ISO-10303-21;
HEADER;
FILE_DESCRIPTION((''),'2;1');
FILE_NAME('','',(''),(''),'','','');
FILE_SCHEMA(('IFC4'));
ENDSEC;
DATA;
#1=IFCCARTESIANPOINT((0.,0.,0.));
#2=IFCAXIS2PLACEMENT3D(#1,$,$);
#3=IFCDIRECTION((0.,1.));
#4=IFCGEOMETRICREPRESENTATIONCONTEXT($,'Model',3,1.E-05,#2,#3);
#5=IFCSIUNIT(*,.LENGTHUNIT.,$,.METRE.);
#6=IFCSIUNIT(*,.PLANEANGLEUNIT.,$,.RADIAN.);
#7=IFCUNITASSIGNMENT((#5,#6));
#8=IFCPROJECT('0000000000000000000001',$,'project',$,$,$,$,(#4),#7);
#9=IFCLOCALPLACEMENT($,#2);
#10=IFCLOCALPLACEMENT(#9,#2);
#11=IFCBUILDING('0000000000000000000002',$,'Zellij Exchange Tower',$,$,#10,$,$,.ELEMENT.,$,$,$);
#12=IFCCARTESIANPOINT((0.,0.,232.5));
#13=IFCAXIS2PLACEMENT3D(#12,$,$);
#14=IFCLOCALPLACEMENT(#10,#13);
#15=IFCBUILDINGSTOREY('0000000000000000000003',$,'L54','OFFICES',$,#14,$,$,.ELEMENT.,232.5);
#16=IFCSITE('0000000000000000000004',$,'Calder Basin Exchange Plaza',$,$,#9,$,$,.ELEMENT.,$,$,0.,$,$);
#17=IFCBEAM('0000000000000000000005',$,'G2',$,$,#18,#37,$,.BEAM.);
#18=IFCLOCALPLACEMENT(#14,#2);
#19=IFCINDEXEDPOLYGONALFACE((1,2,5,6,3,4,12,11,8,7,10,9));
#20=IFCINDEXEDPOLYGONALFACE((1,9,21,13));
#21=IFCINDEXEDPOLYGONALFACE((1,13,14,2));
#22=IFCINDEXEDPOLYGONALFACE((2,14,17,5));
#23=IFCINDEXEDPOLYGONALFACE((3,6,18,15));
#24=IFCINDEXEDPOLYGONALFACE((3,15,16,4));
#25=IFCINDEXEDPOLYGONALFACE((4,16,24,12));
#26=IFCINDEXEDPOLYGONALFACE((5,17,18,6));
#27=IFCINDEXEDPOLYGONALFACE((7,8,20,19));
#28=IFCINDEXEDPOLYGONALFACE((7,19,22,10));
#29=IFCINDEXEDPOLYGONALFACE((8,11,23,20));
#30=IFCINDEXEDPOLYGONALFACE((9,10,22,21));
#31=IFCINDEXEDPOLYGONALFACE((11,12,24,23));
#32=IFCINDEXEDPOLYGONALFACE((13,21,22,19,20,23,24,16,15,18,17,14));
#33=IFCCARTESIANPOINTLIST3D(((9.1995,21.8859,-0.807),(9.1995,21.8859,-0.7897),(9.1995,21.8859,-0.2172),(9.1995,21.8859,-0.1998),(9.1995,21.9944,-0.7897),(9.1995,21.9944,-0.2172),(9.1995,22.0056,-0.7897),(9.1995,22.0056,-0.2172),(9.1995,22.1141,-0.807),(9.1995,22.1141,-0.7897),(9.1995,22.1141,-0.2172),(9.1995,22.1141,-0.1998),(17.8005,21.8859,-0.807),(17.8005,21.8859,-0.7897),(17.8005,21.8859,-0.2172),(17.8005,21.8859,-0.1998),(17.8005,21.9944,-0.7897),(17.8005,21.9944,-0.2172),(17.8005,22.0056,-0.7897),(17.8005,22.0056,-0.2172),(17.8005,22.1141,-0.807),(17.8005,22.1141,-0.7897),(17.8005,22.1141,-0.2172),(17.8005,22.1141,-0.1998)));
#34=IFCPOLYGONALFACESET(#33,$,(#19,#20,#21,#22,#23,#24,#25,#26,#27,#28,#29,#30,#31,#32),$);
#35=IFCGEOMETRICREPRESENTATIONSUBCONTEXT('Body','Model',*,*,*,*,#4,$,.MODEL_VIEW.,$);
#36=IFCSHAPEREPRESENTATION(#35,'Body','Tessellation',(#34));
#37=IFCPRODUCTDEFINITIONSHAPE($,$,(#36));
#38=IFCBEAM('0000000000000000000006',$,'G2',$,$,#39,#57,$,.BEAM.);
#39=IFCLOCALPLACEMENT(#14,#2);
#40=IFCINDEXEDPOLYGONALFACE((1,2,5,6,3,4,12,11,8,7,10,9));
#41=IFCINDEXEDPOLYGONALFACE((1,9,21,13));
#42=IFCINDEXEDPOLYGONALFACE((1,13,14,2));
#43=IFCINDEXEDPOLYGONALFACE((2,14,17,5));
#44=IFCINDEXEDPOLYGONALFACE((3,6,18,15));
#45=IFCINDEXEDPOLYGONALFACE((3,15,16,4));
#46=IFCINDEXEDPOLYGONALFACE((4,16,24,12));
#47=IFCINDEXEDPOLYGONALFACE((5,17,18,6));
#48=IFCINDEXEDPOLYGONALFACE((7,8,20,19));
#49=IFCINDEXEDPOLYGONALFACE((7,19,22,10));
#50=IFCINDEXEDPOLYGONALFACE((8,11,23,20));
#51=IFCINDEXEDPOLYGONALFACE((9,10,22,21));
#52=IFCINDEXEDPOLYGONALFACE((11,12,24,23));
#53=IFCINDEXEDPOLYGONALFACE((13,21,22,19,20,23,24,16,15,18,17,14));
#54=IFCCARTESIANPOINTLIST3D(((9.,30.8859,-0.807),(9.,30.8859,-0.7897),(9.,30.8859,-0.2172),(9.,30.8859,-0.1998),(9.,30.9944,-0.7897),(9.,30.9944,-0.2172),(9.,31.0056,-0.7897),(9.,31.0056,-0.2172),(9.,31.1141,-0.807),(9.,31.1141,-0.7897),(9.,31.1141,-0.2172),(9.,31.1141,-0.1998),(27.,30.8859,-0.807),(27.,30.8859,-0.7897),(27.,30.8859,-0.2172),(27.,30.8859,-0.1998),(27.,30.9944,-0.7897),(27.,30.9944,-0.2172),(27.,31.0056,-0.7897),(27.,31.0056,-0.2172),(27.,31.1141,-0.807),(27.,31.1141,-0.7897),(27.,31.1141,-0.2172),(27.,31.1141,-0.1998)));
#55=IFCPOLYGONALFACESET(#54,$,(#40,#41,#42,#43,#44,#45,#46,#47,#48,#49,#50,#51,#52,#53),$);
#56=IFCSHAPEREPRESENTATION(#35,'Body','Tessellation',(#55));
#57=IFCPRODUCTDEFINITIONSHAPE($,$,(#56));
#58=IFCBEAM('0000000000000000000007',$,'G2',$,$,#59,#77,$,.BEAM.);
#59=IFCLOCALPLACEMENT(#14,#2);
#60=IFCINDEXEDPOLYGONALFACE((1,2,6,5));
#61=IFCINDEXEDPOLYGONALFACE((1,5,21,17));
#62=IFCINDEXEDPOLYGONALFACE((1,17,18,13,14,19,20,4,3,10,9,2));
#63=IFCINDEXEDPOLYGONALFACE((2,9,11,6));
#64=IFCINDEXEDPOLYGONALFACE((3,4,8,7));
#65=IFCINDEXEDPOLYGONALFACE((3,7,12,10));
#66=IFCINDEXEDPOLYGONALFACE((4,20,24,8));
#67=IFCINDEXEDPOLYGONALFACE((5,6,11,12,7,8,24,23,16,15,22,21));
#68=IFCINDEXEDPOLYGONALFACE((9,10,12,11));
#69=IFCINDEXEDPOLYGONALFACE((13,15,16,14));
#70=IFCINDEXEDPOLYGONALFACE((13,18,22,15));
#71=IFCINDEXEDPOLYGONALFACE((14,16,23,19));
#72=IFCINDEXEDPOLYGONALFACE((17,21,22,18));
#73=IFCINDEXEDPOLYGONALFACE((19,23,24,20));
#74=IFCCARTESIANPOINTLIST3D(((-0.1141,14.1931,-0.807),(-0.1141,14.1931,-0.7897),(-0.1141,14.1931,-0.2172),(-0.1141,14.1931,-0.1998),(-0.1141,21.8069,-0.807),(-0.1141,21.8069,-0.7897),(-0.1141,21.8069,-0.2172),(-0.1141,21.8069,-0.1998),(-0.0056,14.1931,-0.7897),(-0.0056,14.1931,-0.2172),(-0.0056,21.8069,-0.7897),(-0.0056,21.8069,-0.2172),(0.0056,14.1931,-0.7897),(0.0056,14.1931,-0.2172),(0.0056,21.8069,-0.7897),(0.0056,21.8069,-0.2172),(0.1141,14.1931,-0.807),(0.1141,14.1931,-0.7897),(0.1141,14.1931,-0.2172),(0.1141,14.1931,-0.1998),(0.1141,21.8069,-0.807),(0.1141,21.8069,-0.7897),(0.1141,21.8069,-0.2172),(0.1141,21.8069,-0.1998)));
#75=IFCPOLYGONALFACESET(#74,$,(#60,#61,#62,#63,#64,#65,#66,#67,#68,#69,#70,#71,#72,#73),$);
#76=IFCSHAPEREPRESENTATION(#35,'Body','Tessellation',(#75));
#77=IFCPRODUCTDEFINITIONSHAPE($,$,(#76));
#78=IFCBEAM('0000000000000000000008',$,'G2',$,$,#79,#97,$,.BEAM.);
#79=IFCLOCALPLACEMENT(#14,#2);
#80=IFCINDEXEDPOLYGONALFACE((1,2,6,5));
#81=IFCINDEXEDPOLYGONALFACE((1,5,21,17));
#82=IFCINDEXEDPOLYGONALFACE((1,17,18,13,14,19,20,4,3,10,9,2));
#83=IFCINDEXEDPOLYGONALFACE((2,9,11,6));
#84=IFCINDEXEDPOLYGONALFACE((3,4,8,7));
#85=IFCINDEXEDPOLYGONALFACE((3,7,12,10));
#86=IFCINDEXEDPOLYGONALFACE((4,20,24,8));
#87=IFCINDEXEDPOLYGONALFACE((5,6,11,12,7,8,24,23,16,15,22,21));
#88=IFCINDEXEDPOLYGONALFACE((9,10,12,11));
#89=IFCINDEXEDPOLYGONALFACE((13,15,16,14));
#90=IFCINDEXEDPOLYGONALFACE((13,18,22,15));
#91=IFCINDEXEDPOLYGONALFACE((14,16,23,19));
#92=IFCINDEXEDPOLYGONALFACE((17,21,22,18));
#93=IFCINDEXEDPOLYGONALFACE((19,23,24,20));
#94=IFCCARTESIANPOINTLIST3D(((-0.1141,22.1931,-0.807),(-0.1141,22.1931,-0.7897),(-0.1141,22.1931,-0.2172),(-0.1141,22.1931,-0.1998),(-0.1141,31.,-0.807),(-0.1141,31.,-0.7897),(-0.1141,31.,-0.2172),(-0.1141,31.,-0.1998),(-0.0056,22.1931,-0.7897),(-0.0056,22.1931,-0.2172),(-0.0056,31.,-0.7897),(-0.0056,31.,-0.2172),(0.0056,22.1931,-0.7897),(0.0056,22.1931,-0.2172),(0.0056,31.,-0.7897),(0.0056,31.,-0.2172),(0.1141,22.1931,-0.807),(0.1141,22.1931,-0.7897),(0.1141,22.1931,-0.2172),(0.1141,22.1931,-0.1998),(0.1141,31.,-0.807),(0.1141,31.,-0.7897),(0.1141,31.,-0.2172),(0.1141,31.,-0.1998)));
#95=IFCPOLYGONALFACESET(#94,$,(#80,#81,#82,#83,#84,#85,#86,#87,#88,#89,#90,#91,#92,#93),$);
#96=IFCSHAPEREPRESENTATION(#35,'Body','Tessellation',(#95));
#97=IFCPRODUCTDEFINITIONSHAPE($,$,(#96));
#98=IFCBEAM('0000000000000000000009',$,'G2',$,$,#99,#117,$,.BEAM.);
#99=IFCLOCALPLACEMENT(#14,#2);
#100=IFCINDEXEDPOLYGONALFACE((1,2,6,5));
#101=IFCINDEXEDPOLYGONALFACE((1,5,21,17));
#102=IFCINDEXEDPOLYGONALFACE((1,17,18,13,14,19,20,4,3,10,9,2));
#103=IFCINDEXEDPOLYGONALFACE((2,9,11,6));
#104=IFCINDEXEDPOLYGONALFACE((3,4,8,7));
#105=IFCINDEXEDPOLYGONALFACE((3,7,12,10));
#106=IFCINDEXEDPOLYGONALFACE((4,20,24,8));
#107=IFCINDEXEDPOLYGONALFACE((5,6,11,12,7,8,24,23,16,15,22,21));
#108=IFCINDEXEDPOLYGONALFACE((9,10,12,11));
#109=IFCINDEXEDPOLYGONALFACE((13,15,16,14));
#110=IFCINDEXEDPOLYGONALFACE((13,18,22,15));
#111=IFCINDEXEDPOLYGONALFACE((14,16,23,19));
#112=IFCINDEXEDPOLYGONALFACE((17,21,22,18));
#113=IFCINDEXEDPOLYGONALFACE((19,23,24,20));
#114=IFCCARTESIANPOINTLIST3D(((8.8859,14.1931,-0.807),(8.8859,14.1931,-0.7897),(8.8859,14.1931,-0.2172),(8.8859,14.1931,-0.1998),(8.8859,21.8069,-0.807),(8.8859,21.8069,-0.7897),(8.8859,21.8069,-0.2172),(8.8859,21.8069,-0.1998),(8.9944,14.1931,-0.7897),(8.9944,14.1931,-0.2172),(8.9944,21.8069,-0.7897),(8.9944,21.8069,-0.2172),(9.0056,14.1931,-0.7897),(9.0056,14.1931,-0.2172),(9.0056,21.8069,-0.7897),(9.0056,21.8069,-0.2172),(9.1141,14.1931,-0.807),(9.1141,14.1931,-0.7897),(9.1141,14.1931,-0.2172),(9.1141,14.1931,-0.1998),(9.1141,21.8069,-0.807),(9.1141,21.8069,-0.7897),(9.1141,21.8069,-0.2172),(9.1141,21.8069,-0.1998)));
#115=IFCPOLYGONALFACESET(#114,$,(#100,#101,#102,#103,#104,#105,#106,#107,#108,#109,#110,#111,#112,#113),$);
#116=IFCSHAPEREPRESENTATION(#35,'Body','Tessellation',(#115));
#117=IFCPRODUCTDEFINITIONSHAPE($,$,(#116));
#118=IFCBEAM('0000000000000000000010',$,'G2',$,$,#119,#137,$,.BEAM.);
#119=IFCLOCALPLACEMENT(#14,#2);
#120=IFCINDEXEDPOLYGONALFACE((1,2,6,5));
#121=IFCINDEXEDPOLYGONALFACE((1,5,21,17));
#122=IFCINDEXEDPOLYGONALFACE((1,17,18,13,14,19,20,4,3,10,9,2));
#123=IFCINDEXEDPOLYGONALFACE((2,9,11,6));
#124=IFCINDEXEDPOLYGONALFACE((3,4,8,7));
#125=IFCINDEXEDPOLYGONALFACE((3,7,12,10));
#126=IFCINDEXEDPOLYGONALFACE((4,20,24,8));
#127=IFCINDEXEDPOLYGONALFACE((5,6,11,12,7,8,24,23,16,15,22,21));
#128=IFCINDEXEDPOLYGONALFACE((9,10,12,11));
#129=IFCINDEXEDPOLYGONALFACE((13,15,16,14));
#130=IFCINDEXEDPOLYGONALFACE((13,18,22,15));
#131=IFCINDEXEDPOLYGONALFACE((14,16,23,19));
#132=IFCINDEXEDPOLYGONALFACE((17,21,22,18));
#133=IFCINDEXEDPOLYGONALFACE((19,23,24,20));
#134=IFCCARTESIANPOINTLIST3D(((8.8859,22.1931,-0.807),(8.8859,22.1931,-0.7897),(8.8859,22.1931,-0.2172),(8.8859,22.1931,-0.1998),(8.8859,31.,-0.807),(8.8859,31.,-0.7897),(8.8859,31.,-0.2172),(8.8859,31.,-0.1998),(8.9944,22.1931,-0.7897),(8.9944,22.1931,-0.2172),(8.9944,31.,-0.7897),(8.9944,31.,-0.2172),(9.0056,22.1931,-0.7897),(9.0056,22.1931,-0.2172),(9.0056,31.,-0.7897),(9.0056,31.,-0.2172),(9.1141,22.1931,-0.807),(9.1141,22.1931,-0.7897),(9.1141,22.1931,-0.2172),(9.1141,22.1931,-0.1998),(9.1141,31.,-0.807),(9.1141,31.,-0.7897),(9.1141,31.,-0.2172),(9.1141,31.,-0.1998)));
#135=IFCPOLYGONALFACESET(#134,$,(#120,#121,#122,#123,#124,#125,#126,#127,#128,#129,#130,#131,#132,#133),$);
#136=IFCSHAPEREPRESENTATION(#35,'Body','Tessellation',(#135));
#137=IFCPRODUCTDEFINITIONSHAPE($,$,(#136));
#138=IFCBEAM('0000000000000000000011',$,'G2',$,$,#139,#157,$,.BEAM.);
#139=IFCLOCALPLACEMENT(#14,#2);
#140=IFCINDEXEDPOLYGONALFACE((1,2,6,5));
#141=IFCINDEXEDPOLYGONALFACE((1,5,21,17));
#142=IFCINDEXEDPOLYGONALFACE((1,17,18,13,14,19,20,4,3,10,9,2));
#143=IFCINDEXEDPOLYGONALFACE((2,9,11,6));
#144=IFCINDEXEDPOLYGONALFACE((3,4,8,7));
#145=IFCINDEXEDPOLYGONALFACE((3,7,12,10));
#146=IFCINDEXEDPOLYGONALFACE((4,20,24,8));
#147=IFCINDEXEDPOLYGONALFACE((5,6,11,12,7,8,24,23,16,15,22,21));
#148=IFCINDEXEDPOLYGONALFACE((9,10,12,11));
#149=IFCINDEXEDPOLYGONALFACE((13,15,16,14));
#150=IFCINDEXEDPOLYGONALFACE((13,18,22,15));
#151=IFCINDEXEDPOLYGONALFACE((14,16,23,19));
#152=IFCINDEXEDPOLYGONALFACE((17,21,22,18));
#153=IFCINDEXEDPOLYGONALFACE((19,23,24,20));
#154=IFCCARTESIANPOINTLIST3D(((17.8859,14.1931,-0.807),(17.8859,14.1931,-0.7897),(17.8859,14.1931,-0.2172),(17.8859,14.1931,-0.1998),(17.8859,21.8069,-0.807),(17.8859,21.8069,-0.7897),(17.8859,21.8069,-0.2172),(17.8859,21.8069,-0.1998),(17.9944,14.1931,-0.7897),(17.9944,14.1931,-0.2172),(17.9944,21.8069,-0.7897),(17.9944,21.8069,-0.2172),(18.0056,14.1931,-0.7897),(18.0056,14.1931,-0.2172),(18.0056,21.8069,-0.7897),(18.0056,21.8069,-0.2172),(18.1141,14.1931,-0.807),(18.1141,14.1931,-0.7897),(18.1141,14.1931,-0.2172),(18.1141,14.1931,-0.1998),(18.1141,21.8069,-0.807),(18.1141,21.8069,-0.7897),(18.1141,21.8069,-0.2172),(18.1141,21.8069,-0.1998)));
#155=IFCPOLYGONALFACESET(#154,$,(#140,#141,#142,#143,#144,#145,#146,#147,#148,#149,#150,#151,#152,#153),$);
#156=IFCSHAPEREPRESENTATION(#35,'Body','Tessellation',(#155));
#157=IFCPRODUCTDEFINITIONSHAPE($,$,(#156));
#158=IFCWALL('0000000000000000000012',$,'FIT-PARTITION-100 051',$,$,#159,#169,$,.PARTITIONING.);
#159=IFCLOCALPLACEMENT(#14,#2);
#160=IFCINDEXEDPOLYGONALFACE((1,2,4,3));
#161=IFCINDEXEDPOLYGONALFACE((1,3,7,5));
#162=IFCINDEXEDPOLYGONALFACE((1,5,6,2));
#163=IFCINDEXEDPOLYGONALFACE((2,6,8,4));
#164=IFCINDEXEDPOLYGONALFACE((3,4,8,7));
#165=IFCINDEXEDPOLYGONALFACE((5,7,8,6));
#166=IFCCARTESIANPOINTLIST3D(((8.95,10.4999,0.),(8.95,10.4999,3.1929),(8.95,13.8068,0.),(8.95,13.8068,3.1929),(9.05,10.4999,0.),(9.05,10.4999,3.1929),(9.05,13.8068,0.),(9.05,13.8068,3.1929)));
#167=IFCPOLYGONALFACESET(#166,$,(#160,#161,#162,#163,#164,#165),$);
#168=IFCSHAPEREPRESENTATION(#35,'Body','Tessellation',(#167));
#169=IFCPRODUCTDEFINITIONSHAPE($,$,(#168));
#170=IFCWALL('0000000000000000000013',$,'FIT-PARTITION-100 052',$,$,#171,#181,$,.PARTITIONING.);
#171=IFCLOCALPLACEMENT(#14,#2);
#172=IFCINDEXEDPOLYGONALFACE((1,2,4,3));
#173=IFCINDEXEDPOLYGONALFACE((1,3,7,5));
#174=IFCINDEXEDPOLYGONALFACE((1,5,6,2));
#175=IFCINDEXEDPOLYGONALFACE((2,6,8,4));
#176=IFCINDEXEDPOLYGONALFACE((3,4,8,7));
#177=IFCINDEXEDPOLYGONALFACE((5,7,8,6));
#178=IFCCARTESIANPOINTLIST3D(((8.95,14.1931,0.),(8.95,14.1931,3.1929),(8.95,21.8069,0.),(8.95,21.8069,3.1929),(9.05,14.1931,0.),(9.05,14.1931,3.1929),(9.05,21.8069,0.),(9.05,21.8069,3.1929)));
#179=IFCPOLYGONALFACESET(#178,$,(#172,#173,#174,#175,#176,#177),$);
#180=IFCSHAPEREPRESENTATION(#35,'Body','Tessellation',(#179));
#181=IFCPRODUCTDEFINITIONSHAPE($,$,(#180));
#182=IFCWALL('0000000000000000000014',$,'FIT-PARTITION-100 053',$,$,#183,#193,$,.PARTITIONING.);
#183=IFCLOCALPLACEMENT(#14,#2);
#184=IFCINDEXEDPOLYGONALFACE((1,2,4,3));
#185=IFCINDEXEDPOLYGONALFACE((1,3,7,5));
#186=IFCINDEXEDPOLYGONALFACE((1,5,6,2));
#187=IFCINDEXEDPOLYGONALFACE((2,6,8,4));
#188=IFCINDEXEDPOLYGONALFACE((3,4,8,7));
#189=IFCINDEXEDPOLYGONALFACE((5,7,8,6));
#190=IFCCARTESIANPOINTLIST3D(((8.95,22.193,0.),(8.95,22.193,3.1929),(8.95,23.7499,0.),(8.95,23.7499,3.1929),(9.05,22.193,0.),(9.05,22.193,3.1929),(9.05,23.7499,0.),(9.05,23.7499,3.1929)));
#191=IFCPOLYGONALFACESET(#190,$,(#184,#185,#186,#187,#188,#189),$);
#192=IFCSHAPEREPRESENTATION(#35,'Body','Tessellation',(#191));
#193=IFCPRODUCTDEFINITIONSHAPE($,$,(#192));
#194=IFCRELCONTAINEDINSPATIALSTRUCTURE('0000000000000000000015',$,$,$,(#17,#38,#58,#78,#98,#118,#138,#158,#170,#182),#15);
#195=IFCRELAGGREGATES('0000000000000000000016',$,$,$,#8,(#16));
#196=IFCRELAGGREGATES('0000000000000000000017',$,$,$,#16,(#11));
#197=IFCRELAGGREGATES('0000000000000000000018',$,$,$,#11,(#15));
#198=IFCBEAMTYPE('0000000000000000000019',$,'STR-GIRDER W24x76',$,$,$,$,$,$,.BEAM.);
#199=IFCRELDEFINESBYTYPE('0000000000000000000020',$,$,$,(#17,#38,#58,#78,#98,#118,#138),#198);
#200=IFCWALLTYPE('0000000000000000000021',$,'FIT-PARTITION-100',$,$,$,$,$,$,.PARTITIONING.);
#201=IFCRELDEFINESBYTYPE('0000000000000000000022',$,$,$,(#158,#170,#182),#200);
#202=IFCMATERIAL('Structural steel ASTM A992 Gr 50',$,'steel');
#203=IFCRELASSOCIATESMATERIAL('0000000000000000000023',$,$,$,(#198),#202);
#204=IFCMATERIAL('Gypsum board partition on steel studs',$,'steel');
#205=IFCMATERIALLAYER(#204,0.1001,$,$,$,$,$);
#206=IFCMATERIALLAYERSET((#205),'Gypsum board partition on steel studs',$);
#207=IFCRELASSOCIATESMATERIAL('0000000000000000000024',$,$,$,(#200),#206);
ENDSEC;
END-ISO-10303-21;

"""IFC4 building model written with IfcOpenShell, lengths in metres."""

from ifc_helpers import new_model, si_unit, direction, frame, frame_2d, origin, origin_2d, place, context, subcontext, project, spatial, rectangle, i_section, extrude, material, layer, layer_set, material_profile, profile_set, type_object, element, save


model = new_model("IFC4")

# Units and contexts
model_context = context("Model", 3, precision=1e-05, world=origin(), true_north=direction((0.0, 1.0)))
body_context = subcontext(model_context, "Body", "Model", "MODEL_VIEW")
ifc_project = project(units=[si_unit("LENGTHUNIT", "METRE"), si_unit("PLANEANGLEUNIT", "RADIAN")], contexts=[model_context])

# Site, building, storey
site_placement = place(None, origin())
site = spatial("IfcSite", under=ifc_project, at=site_placement, Name="Calder Basin Exchange Plaza", CompositionType="ELEMENT", RefElevation=0.0)
building_placement = place(site_placement, origin())
building = spatial("IfcBuilding", under=site, at=building_placement, Name="Zellij Exchange Tower", CompositionType="ELEMENT")
storey_placement = place(building_placement, frame((0.0, 0.0, 232.5)))
storey = spatial("IfcBuildingStorey", under=building, at=storey_placement, Name="L54", Description="OFFICES", CompositionType="ELEMENT", Elevation=232.5)

# Shared definitions
ifc_material_1 = material(Name="Structural steel ASTM A992 Gr 50", Category="steel")

# Beams
ifc_material_profile_1 = material_profile(ifc_material_1, i_section(OverallWidth=0.2283, OverallDepth=0.6072, WebThickness=0.0112, FlangeThickness=0.0173, at=origin_2d()), Name="W24x76")
ifc_profile_set_1 = profile_set([ifc_material_profile_1], Name="Structural steel ASTM A992 Gr 50")
beam_type = type_object("IfcBeamType", Name="STR-GIRDER W24x76", PredefinedType="BEAM", material=ifc_profile_set_1)
for number, where, z_axis, x_axis, name in (
    (1, (9.1995, 22.0, -0.5034), (1.0, 0.0, 0.0), (0.0, 1.0, 0.0), "G2"),
):
    element("IfcBeam", number, at=place(storey_placement, frame(where, z_axis=z_axis, x_axis=x_axis)), inside=storey, type_object=beam_type, Name=name, PredefinedType="BEAM", context=body_context, shape_type="SweptSolid", body=[
        extrude(i_section(OverallWidth=0.2283, OverallDepth=0.6072, WebThickness=0.0112, FlangeThickness=0.0173, at=origin_2d()), origin(), (0.0, 0.0, 1.0), 8.6011),
    ])
beam_1_placement = place(storey_placement, frame((9.0, 31.0, -0.5034), z_axis=(1.0, 0.0, 0.0), x_axis=(0.0, 1.0, 0.0)))
element("IfcBeam", 2, at=beam_1_placement, inside=storey, type_object=beam_type, Name="G2", PredefinedType="BEAM", context=body_context, shape_type="SweptSolid", body=[
    extrude(i_section(OverallWidth=0.2283, OverallDepth=0.6072, WebThickness=0.0112, FlangeThickness=0.0173, at=origin_2d()), origin(), (0.0, 0.0, 1.0), 18.0),
])
beam_2_placement = place(storey_placement, frame((0.0, 14.1931, -0.5034), z_axis=(0.0, 1.0, 0.0), x_axis=(-1.0, 0.0, 0.0)))
element("IfcBeam", 3, at=beam_2_placement, inside=storey, type_object=beam_type, Name="G2", PredefinedType="BEAM", context=body_context, shape_type="SweptSolid", body=[
    extrude(i_section(OverallWidth=0.2283, OverallDepth=0.6072, WebThickness=0.0112, FlangeThickness=0.0173, at=origin_2d()), origin(), (0.0, 0.0, 1.0), 7.6138),
])
beam_3_placement = place(storey_placement, frame((0.0, 22.1931, -0.5034), z_axis=(0.0, 1.0, 0.0), x_axis=(-1.0, 0.0, 0.0)))
element("IfcBeam", 4, at=beam_3_placement, inside=storey, type_object=beam_type, Name="G2", PredefinedType="BEAM", context=body_context, shape_type="SweptSolid", body=[
    extrude(i_section(OverallWidth=0.2283, OverallDepth=0.6072, WebThickness=0.0112, FlangeThickness=0.0173, at=origin_2d()), origin(), (0.0, 0.0, 1.0), 8.8069),
])
beam_4_placement = place(storey_placement, frame((9.0, 14.1931, -0.5034), z_axis=(0.0, 1.0, 0.0), x_axis=(-1.0, 0.0, 0.0)))
element("IfcBeam", 5, at=beam_4_placement, inside=storey, type_object=beam_type, Name="G2", PredefinedType="BEAM", context=body_context, shape_type="SweptSolid", body=[
    extrude(i_section(OverallWidth=0.2283, OverallDepth=0.6072, WebThickness=0.0112, FlangeThickness=0.0173, at=origin_2d()), origin(), (0.0, 0.0, 1.0), 7.6138),
])
beam_5_placement = place(storey_placement, frame((9.0, 22.1931, -0.5034), z_axis=(0.0, 1.0, 0.0), x_axis=(-1.0, 0.0, 0.0)))
element("IfcBeam", 6, at=beam_5_placement, inside=storey, type_object=beam_type, Name="G2", PredefinedType="BEAM", context=body_context, shape_type="SweptSolid", body=[
    extrude(i_section(OverallWidth=0.2283, OverallDepth=0.6072, WebThickness=0.0112, FlangeThickness=0.0173, at=origin_2d()), origin(), (0.0, 0.0, 1.0), 8.8069),
])
beam_6_placement = place(storey_placement, frame((18.0, 14.1931, -0.5034), z_axis=(0.0, 1.0, 0.0), x_axis=(-1.0, 0.0, 0.0)))
element("IfcBeam", 7, at=beam_6_placement, inside=storey, type_object=beam_type, Name="G2", PredefinedType="BEAM", context=body_context, shape_type="SweptSolid", body=[
    extrude(i_section(OverallWidth=0.2283, OverallDepth=0.6072, WebThickness=0.0112, FlangeThickness=0.0173, at=origin_2d()), origin(), (0.0, 0.0, 1.0), 7.6138),
])

# Walls
ifc_material_2 = material(Name="Gypsum board partition on steel studs", Category="steel")
ifc_layer = layer(ifc_material_2, 0.1001)
ifc_layer_set = layer_set([ifc_layer], Name="Gypsum board partition on steel studs")
wall_type = type_object("IfcWallType", Name="FIT-PARTITION-100", PredefinedType="PARTITIONING", material=ifc_layer_set)
wall_1_placement = place(storey_placement, frame((9.0, 10.5, 0.0), z_axis=(0.0, 0.0, 1.0), x_axis=(0.0, 1.0, 0.0)))
element("IfcWall", 8, at=wall_1_placement, inside=storey, type_object=wall_type, Name="FIT-PARTITION-100 051", PredefinedType="PARTITIONING", context=body_context, shape_type="SweptSolid", body=[
    extrude(rectangle(XDim=3.3069, YDim=0.1001, at=frame_2d((1.6533, 0.0))), origin(), (0.0, 0.0, 1.0), 3.1929),
])
wall_2_placement = place(storey_placement, frame((9.0, 14.1931, 0.0), z_axis=(0.0, 0.0, 1.0), x_axis=(0.0, 1.0, 0.0)))
element("IfcWall", 9, at=wall_2_placement, inside=storey, type_object=wall_type, Name="FIT-PARTITION-100 052", PredefinedType="PARTITIONING", context=body_context, shape_type="SweptSolid", body=[
    extrude(rectangle(XDim=7.6138, YDim=0.1001, at=frame_2d((3.8069, 0.0))), origin(), (0.0, 0.0, 1.0), 3.1929),
])
wall_3_placement = place(storey_placement, frame((9.0, 22.1931, 0.0), z_axis=(0.0, 0.0, 1.0), x_axis=(0.0, 1.0, 0.0)))
element("IfcWall", 10, at=wall_3_placement, inside=storey, type_object=wall_type, Name="FIT-PARTITION-100 053", PredefinedType="PARTITIONING", context=body_context, shape_type="SweptSolid", body=[
    extrude(rectangle(XDim=1.5569, YDim=0.1001, at=frame_2d((0.7783, 0.0))), origin(), (0.0, 0.0, 1.0), 3.1929),
])

save(model, "model.ifc")
